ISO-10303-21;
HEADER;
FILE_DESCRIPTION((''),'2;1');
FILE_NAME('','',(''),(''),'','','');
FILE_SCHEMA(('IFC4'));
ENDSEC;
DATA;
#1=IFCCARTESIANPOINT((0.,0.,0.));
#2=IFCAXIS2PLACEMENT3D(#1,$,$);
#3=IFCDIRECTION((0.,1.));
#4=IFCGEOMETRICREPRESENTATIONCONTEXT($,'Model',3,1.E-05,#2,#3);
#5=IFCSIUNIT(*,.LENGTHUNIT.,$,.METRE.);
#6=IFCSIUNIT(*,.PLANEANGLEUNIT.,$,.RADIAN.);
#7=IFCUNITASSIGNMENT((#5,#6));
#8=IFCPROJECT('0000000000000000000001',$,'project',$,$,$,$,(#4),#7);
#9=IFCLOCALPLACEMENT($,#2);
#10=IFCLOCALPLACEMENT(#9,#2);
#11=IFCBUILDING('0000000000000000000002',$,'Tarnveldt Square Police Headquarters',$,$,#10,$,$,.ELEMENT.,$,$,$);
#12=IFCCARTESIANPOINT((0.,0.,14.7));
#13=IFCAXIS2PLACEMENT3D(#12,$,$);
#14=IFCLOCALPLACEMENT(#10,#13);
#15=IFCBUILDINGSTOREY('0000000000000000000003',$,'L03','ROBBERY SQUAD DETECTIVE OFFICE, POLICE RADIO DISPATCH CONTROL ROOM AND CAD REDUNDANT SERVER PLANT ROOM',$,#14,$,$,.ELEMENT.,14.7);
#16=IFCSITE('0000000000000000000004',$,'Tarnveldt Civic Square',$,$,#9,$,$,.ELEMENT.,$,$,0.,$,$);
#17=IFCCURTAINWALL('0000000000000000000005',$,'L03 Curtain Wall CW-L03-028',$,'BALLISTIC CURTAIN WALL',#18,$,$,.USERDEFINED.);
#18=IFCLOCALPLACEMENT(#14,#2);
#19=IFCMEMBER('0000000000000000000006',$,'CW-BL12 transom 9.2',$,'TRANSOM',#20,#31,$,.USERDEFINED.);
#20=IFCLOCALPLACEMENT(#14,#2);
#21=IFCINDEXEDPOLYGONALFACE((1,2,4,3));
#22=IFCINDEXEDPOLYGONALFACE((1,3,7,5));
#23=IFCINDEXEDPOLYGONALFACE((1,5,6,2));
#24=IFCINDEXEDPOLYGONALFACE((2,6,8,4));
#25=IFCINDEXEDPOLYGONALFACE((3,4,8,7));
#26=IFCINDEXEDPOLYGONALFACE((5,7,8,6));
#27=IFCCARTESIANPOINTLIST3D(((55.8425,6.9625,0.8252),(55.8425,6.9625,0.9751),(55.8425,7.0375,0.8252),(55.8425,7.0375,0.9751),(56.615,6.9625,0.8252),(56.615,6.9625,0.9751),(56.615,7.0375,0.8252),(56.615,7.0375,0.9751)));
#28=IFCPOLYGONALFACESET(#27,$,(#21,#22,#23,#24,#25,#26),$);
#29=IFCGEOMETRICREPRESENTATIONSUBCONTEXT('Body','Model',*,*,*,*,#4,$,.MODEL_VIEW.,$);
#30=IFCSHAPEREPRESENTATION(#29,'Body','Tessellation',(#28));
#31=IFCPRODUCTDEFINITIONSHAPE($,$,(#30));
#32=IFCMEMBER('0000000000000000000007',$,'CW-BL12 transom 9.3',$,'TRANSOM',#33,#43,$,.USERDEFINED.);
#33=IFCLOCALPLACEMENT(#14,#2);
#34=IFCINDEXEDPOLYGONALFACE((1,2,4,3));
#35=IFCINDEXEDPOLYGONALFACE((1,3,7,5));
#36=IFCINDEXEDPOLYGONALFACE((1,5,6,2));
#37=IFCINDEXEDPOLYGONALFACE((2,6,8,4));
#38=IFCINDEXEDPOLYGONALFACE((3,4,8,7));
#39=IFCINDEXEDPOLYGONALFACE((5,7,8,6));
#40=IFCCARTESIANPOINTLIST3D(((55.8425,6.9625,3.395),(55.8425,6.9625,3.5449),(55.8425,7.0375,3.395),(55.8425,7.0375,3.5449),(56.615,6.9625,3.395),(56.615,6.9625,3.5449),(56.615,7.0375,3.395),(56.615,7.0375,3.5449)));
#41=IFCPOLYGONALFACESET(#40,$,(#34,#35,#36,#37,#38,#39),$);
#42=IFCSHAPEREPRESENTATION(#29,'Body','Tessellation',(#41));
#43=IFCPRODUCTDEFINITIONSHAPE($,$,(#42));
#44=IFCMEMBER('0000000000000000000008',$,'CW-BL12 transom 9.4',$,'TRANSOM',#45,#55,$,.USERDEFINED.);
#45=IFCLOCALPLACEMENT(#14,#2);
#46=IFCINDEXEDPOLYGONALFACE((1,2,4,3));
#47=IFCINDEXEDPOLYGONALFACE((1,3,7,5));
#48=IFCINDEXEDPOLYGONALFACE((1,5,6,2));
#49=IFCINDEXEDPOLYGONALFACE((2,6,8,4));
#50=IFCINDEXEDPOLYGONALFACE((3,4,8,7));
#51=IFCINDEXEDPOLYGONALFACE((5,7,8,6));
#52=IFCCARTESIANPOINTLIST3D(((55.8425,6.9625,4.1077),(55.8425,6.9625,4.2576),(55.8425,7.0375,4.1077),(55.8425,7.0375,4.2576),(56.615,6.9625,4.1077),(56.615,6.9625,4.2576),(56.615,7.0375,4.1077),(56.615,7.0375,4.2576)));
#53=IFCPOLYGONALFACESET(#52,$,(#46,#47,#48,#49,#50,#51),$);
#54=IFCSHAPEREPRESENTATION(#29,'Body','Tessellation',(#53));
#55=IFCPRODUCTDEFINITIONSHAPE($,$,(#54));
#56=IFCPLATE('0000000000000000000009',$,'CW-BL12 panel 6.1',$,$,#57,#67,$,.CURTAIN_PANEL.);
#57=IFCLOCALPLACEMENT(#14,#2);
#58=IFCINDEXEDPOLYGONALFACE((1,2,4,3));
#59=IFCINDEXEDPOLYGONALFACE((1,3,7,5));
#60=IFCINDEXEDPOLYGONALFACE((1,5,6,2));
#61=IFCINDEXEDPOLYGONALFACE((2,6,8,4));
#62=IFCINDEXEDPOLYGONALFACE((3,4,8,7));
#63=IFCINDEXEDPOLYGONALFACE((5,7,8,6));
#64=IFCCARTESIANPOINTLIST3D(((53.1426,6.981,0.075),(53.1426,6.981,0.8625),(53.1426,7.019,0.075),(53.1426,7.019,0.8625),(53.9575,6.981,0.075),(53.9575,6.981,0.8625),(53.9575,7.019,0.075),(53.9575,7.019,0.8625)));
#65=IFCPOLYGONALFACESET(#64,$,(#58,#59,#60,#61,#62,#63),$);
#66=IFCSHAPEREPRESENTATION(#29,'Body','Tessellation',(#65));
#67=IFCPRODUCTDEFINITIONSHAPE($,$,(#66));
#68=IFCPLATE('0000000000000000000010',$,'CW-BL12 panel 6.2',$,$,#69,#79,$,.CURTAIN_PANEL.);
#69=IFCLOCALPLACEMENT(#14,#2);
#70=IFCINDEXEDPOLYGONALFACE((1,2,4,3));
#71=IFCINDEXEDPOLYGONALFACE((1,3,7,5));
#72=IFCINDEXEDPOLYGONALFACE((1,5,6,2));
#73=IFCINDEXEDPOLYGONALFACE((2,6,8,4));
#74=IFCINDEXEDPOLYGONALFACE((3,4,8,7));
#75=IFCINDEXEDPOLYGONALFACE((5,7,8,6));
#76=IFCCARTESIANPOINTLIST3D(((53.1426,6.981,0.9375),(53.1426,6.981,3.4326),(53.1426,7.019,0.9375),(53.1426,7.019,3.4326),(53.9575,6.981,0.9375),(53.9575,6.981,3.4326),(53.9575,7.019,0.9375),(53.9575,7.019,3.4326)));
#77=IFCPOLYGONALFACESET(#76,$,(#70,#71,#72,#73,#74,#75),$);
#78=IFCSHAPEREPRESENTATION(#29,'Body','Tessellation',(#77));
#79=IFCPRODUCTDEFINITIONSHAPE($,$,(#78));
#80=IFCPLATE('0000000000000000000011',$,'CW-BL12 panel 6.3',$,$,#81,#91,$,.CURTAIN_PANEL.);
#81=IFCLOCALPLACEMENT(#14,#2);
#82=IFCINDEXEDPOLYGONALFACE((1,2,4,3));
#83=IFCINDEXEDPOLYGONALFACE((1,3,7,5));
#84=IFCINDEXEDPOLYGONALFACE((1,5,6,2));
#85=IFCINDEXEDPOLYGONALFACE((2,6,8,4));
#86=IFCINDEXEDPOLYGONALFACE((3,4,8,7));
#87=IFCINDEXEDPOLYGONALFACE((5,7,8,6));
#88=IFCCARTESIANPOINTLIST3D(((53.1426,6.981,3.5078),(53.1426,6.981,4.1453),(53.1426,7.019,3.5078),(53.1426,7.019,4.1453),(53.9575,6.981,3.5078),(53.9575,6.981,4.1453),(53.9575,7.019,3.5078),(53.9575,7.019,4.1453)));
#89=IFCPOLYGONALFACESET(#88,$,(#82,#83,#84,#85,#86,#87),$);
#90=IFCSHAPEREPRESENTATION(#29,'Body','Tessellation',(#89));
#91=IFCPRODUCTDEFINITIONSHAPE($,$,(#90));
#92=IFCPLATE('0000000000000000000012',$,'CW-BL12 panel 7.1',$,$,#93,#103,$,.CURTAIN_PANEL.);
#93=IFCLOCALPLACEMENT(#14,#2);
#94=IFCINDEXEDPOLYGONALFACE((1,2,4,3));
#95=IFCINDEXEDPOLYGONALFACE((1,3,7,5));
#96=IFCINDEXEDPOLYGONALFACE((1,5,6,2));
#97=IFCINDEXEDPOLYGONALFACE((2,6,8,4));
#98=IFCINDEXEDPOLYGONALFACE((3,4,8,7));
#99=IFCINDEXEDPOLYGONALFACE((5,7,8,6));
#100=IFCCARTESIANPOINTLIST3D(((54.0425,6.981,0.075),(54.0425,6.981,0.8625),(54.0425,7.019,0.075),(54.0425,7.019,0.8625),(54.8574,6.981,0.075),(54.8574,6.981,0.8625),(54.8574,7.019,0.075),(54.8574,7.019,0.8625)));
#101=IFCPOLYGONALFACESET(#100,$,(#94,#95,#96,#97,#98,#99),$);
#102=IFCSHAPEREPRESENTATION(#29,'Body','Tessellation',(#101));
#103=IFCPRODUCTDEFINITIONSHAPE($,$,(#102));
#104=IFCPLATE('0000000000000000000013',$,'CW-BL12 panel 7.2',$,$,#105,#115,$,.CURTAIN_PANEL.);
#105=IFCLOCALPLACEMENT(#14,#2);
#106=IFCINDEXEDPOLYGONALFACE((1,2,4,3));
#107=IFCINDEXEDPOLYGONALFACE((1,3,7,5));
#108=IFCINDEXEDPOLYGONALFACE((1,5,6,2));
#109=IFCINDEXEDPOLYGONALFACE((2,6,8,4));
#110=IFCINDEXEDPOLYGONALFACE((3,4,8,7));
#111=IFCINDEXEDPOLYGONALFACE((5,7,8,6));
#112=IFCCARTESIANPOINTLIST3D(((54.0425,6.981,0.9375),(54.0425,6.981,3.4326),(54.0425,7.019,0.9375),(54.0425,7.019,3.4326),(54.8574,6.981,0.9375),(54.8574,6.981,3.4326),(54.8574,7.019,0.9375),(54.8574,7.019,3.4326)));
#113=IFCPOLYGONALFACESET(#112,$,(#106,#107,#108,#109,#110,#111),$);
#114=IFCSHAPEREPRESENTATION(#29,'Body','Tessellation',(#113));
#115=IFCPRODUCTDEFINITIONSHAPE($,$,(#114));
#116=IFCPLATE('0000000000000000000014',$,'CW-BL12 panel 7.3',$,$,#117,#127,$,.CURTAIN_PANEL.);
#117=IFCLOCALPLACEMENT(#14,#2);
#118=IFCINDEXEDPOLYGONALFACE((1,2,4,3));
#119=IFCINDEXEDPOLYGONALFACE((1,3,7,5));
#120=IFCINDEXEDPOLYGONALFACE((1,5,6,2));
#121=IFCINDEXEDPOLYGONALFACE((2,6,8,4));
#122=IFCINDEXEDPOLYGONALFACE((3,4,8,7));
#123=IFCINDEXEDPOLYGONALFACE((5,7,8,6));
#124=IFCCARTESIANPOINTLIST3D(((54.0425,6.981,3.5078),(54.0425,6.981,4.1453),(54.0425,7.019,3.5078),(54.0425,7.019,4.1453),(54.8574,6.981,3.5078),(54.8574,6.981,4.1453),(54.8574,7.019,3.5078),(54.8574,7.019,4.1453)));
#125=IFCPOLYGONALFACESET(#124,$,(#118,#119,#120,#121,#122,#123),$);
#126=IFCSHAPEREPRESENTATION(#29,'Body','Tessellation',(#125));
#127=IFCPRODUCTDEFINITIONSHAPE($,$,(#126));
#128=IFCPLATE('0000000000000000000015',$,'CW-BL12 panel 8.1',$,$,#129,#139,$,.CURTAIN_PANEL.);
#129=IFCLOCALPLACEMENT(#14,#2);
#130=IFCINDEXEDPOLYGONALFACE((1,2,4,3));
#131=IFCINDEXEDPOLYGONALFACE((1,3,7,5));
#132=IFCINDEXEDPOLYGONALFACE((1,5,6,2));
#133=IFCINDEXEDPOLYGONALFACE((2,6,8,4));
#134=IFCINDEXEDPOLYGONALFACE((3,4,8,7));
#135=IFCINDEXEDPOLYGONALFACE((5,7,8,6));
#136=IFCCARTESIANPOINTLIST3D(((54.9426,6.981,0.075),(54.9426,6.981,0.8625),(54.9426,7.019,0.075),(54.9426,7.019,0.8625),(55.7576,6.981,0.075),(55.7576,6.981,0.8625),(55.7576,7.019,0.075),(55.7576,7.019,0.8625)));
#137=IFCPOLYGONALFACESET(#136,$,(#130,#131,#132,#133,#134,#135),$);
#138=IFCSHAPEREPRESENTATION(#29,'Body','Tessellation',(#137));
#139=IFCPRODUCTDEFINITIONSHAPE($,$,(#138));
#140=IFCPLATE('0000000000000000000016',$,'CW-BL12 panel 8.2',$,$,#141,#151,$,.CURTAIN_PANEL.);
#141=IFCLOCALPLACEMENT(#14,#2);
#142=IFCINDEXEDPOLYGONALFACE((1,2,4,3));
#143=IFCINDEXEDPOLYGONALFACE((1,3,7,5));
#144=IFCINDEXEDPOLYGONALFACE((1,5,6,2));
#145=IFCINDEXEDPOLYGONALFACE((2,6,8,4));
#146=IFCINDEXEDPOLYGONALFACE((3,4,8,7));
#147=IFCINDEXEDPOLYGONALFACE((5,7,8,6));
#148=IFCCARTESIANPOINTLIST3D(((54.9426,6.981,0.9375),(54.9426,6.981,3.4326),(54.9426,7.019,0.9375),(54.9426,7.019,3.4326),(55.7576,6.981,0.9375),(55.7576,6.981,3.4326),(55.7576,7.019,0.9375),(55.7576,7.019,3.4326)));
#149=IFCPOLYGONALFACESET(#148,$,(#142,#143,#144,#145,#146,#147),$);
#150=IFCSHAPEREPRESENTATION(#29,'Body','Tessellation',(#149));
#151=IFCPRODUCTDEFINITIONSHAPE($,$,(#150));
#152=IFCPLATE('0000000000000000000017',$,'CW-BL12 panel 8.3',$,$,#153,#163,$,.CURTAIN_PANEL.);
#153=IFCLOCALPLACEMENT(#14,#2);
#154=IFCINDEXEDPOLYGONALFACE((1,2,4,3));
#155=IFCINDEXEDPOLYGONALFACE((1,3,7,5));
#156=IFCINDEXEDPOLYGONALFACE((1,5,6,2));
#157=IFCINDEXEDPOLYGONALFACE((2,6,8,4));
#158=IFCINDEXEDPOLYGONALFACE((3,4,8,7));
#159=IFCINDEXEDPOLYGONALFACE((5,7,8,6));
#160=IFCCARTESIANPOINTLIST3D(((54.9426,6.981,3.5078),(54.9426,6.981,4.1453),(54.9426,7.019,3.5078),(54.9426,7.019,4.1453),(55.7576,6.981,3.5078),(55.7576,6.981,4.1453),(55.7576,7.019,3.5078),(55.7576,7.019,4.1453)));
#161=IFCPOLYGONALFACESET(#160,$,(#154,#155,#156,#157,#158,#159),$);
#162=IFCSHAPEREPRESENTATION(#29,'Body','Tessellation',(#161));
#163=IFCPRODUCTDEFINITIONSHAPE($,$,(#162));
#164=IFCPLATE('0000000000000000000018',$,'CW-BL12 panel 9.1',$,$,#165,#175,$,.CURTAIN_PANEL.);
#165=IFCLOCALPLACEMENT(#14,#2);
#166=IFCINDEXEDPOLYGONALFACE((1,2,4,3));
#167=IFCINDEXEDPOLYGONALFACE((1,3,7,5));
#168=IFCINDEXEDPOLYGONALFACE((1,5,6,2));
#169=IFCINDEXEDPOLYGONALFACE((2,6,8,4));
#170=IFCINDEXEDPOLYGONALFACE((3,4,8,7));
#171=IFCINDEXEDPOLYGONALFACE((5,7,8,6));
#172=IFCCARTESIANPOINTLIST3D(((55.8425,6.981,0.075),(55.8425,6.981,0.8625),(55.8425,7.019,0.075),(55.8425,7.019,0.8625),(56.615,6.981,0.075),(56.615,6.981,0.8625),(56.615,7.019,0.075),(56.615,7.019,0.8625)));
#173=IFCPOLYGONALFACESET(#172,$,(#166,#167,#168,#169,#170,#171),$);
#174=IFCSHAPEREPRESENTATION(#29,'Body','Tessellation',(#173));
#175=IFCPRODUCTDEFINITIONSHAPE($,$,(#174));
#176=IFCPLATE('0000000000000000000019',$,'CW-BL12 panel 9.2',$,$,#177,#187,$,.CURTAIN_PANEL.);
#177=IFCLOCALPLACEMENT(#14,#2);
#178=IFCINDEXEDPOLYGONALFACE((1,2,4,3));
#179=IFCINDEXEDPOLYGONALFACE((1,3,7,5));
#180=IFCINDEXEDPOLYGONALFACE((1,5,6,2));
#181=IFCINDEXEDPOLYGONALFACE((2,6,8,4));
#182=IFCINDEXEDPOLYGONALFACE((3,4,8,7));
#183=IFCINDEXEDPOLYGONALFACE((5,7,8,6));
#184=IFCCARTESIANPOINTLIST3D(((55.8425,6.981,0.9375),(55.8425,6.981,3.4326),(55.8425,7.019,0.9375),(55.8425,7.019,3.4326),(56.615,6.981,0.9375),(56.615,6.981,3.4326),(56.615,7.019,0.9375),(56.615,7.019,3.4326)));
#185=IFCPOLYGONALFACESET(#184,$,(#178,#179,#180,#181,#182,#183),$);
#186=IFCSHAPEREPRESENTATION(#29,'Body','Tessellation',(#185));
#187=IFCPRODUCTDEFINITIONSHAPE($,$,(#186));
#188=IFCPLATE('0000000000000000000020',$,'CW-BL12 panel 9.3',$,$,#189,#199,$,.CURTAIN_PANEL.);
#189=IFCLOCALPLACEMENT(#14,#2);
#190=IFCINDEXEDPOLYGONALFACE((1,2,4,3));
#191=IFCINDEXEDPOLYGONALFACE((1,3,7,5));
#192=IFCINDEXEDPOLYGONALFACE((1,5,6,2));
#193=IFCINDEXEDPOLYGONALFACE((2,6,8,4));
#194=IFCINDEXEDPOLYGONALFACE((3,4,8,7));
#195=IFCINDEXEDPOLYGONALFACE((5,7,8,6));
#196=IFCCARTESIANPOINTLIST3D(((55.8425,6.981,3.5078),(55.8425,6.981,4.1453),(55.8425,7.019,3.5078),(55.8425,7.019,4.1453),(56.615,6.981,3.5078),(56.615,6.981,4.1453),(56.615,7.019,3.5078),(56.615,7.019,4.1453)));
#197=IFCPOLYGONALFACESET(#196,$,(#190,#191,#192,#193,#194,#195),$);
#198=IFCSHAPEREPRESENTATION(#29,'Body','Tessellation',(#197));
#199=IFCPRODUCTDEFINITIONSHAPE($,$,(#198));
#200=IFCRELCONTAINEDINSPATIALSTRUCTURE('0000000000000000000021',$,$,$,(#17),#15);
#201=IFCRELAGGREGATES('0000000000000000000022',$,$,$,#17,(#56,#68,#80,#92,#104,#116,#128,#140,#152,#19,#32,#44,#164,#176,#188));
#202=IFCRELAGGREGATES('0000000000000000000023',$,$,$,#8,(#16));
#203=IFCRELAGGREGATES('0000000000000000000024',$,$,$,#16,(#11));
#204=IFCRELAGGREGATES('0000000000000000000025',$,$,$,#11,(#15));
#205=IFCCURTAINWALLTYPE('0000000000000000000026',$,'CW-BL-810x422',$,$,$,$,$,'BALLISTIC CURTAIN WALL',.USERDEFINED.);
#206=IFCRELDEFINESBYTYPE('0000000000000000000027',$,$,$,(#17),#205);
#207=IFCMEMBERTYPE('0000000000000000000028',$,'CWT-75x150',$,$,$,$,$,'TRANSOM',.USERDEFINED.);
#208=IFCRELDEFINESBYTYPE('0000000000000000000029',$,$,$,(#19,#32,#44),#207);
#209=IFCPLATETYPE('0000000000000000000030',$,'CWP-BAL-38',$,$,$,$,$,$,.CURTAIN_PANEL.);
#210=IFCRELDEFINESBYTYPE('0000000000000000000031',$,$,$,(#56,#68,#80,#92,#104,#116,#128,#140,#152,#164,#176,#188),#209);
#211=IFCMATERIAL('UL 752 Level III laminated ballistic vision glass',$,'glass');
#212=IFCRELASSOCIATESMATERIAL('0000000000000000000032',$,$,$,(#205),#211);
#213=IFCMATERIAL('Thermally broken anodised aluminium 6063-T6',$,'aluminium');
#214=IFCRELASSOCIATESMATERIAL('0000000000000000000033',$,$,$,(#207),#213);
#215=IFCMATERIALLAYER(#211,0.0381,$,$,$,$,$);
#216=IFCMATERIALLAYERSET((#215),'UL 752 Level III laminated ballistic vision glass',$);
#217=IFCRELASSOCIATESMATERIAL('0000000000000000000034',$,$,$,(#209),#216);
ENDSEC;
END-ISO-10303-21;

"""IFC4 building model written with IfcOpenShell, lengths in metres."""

from ifc_helpers import new_model, si_unit, direction, frame, origin, origin_2d, place, context, subcontext, project, spatial, rectangle, extrude, material, layer, layer_set, material_profile, profile_set, type_object, element, aggregate, save


model = new_model("IFC4")

# Units and contexts
model_context = context("Model", 3, precision=1e-05, world=origin(), true_north=direction((0.0, 1.0)))
body_context = subcontext(model_context, "Body", "Model", "MODEL_VIEW")
ifc_project = project(units=[si_unit("LENGTHUNIT", "METRE"), si_unit("PLANEANGLEUNIT", "RADIAN")], contexts=[model_context])

# Site, building, storey
site_placement = place(None, origin())
site = spatial("IfcSite", under=ifc_project, at=site_placement, Name="Tarnveldt Civic Square", CompositionType="ELEMENT", RefElevation=0.0)
building_placement = place(site_placement, origin())
building = spatial("IfcBuilding", under=site, at=building_placement, Name="Tarnveldt Square Police Headquarters", CompositionType="ELEMENT")
storey_placement = place(building_placement, frame((0.0, 0.0, 14.7)))
storey = spatial("IfcBuildingStorey", under=building, at=storey_placement, Name="L03", Description="ROBBERY SQUAD DETECTIVE OFFICE, POLICE RADIO DISPATCH CONTROL ROOM AND CAD REDUNDANT SERVER PLANT ROOM", CompositionType="ELEMENT", Elevation=14.7)

# Curtain wall, members, plates
ifc_material_1 = material(Name="UL 752 Level III laminated ballistic vision glass", Category="glass")
curtain_wall_type = type_object("IfcCurtainWallType", Name="CW-BL-810x422", ElementType="BALLISTIC CURTAIN WALL", PredefinedType="USERDEFINED", material=ifc_material_1)
curtain_wall_placement = place(storey_placement, origin())
curtain_wall = element("IfcCurtainWall", 1, at=curtain_wall_placement, inside=storey, type_object=curtain_wall_type, Name="L03 Curtain Wall CW-L03-028", ObjectType="BALLISTIC CURTAIN WALL", PredefinedType="USERDEFINED")
ifc_material_2 = material(Name="Thermally broken anodised aluminium 6063-T6", Category="aluminium")
ifc_material_profile_1 = material_profile(ifc_material_2, rectangle(XDim=0.075, YDim=0.1499, at=origin_2d()), Name="CW-T75x150")
ifc_profile_set_1 = profile_set([ifc_material_profile_1], Name="Thermally broken anodised aluminium 6063-T6")
member_type_1 = type_object("IfcMemberType", Name="CWT-75x150", ElementType="TRANSOM", PredefinedType="USERDEFINED", material=ifc_profile_set_1)
member_1_placement = place(storey_placement, frame((55.8425, 7.0, 0.9001), z_axis=(1.0, 0.0, 0.0), x_axis=(0.0, 1.0, 0.0)))
member_1 = element("IfcMember", 2, at=member_1_placement, type_object=member_type_1, Name="CW-BL12 transom 9.2", ObjectType="TRANSOM", PredefinedType="USERDEFINED", context=body_context, shape_type="SweptSolid", body=[
    extrude(rectangle(XDim=0.075, YDim=0.1499, at=origin_2d()), origin(), (0.0, 0.0, 1.0), 0.7725),
])
member_2_placement = place(storey_placement, frame((55.8425, 7.0, 3.47), z_axis=(1.0, 0.0, 0.0), x_axis=(0.0, 1.0, 0.0)))
member_2 = element("IfcMember", 3, at=member_2_placement, type_object=member_type_1, Name="CW-BL12 transom 9.3", ObjectType="TRANSOM", PredefinedType="USERDEFINED", context=body_context, shape_type="SweptSolid", body=[
    extrude(rectangle(XDim=0.075, YDim=0.1499, at=origin_2d()), origin(), (0.0, 0.0, 1.0), 0.7725),
])
member_3_placement = place(storey_placement, frame((55.8425, 7.0, 4.1826), z_axis=(1.0, 0.0, 0.0), x_axis=(0.0, 1.0, 0.0)))
member_3 = element("IfcMember", 4, at=member_3_placement, type_object=member_type_1, Name="CW-BL12 transom 9.4", ObjectType="TRANSOM", PredefinedType="USERDEFINED", context=body_context, shape_type="SweptSolid", body=[
    extrude(rectangle(XDim=0.075, YDim=0.1499, at=origin_2d()), origin(), (0.0, 0.0, 1.0), 0.7725),
])
ifc_layer = layer(ifc_material_1, 0.0381)
ifc_layer_set = layer_set([ifc_layer], Name="UL 752 Level III laminated ballistic vision glass")
plate_type = type_object("IfcPlateType", Name="CWP-BAL-38", PredefinedType="CURTAIN_PANEL", material=ifc_layer_set)
plate_1_placement = place(storey_placement, frame((53.55, 7.0, 0.075), z_axis=(0.0, 0.0, 1.0), x_axis=(1.0, 0.0, 0.0)))
plate_1 = element("IfcPlate", 5, at=plate_1_placement, type_object=plate_type, Name="CW-BL12 panel 6.1", PredefinedType="CURTAIN_PANEL", context=body_context, shape_type="SweptSolid", body=[
    extrude(rectangle(XDim=0.8149, YDim=0.0381, at=origin_2d()), origin(), (0.0, 0.0, 1.0), 0.7876),
])
plate_2_placement = place(storey_placement, frame((53.55, 7.0, 0.9375), z_axis=(0.0, 0.0, 1.0), x_axis=(1.0, 0.0, 0.0)))
plate_2 = element("IfcPlate", 6, at=plate_2_placement, type_object=plate_type, Name="CW-BL12 panel 6.2", PredefinedType="CURTAIN_PANEL", context=body_context, shape_type="SweptSolid", body=[
    extrude(rectangle(XDim=0.8149, YDim=0.0381, at=origin_2d()), origin(), (0.0, 0.0, 1.0), 2.4951),
])
plate_3_placement = place(storey_placement, frame((53.55, 7.0, 3.5078), z_axis=(0.0, 0.0, 1.0), x_axis=(1.0, 0.0, 0.0)))
plate_3 = element("IfcPlate", 7, at=plate_3_placement, type_object=plate_type, Name="CW-BL12 panel 6.3", PredefinedType="CURTAIN_PANEL", context=body_context, shape_type="SweptSolid", body=[
    extrude(rectangle(XDim=0.8149, YDim=0.0381, at=origin_2d()), origin(), (0.0, 0.0, 1.0), 0.6375),
])
plate_4_placement = place(storey_placement, frame((54.45, 7.0, 0.075), z_axis=(0.0, 0.0, 1.0), x_axis=(1.0, 0.0, 0.0)))
plate_4 = element("IfcPlate", 8, at=plate_4_placement, type_object=plate_type, Name="CW-BL12 panel 7.1", PredefinedType="CURTAIN_PANEL", context=body_context, shape_type="SweptSolid", body=[
    extrude(rectangle(XDim=0.8149, YDim=0.0381, at=origin_2d()), origin(), (0.0, 0.0, 1.0), 0.7876),
])
plate_5_placement = place(storey_placement, frame((54.45, 7.0, 0.9375), z_axis=(0.0, 0.0, 1.0), x_axis=(1.0, 0.0, 0.0)))
plate_5 = element("IfcPlate", 9, at=plate_5_placement, type_object=plate_type, Name="CW-BL12 panel 7.2", PredefinedType="CURTAIN_PANEL", context=body_context, shape_type="SweptSolid", body=[
    extrude(rectangle(XDim=0.8149, YDim=0.0381, at=origin_2d()), origin(), (0.0, 0.0, 1.0), 2.4951),
])
plate_6_placement = place(storey_placement, frame((54.45, 7.0, 3.5078), z_axis=(0.0, 0.0, 1.0), x_axis=(1.0, 0.0, 0.0)))
plate_6 = element("IfcPlate", 10, at=plate_6_placement, type_object=plate_type, Name="CW-BL12 panel 7.3", PredefinedType="CURTAIN_PANEL", context=body_context, shape_type="SweptSolid", body=[
    extrude(rectangle(XDim=0.8149, YDim=0.0381, at=origin_2d()), origin(), (0.0, 0.0, 1.0), 0.6375),
])
plate_7_placement = place(storey_placement, frame((55.3501, 7.0, 0.075), z_axis=(0.0, 0.0, 1.0), x_axis=(1.0, 0.0, 0.0)))
plate_7 = element("IfcPlate", 11, at=plate_7_placement, type_object=plate_type, Name="CW-BL12 panel 8.1", PredefinedType="CURTAIN_PANEL", context=body_context, shape_type="SweptSolid", body=[
    extrude(rectangle(XDim=0.8149, YDim=0.0381, at=origin_2d()), origin(), (0.0, 0.0, 1.0), 0.7876),
])
plate_8_placement = place(storey_placement, frame((55.3501, 7.0, 0.9375), z_axis=(0.0, 0.0, 1.0), x_axis=(1.0, 0.0, 0.0)))
plate_8 = element("IfcPlate", 12, at=plate_8_placement, type_object=plate_type, Name="CW-BL12 panel 8.2", PredefinedType="CURTAIN_PANEL", context=body_context, shape_type="SweptSolid", body=[
    extrude(rectangle(XDim=0.8149, YDim=0.0381, at=origin_2d()), origin(), (0.0, 0.0, 1.0), 2.4951),
])
plate_9_placement = place(storey_placement, frame((55.3501, 7.0, 3.5078), z_axis=(0.0, 0.0, 1.0), x_axis=(1.0, 0.0, 0.0)))
plate_9 = element("IfcPlate", 13, at=plate_9_placement, type_object=plate_type, Name="CW-BL12 panel 8.3", PredefinedType="CURTAIN_PANEL", context=body_context, shape_type="SweptSolid", body=[
    extrude(rectangle(XDim=0.8149, YDim=0.0381, at=origin_2d()), origin(), (0.0, 0.0, 1.0), 0.6375),
])
plate_10_placement = place(storey_placement, frame((56.2288, 7.0, 0.075), z_axis=(0.0, 0.0, 1.0), x_axis=(1.0, 0.0, 0.0)))
plate_10 = element("IfcPlate", 14, at=plate_10_placement, type_object=plate_type, Name="CW-BL12 panel 9.1", PredefinedType="CURTAIN_PANEL", context=body_context, shape_type="SweptSolid", body=[
    extrude(rectangle(XDim=0.7725, YDim=0.0381, at=origin_2d()), origin(), (0.0, 0.0, 1.0), 0.7876),
])
plate_11_placement = place(storey_placement, frame((56.2288, 7.0, 0.9375), z_axis=(0.0, 0.0, 1.0), x_axis=(1.0, 0.0, 0.0)))
plate_11 = element("IfcPlate", 15, at=plate_11_placement, type_object=plate_type, Name="CW-BL12 panel 9.2", PredefinedType="CURTAIN_PANEL", context=body_context, shape_type="SweptSolid", body=[
    extrude(rectangle(XDim=0.7725, YDim=0.0381, at=origin_2d()), origin(), (0.0, 0.0, 1.0), 2.4951),
])
plate_12_placement = place(storey_placement, frame((56.2288, 7.0, 3.5078), z_axis=(0.0, 0.0, 1.0), x_axis=(1.0, 0.0, 0.0)))
plate_12 = element("IfcPlate", 16, at=plate_12_placement, type_object=plate_type, Name="CW-BL12 panel 9.3", PredefinedType="CURTAIN_PANEL", context=body_context, shape_type="SweptSolid", body=[
    extrude(rectangle(XDim=0.7725, YDim=0.0381, at=origin_2d()), origin(), (0.0, 0.0, 1.0), 0.6375),
])
aggregate(curtain_wall, [plate_1, plate_2, plate_3, plate_4, plate_5, plate_6, plate_7, plate_8, plate_9, member_1, member_2, member_3, plate_10, plate_11, plate_12])

save(model, "model.ifc")
